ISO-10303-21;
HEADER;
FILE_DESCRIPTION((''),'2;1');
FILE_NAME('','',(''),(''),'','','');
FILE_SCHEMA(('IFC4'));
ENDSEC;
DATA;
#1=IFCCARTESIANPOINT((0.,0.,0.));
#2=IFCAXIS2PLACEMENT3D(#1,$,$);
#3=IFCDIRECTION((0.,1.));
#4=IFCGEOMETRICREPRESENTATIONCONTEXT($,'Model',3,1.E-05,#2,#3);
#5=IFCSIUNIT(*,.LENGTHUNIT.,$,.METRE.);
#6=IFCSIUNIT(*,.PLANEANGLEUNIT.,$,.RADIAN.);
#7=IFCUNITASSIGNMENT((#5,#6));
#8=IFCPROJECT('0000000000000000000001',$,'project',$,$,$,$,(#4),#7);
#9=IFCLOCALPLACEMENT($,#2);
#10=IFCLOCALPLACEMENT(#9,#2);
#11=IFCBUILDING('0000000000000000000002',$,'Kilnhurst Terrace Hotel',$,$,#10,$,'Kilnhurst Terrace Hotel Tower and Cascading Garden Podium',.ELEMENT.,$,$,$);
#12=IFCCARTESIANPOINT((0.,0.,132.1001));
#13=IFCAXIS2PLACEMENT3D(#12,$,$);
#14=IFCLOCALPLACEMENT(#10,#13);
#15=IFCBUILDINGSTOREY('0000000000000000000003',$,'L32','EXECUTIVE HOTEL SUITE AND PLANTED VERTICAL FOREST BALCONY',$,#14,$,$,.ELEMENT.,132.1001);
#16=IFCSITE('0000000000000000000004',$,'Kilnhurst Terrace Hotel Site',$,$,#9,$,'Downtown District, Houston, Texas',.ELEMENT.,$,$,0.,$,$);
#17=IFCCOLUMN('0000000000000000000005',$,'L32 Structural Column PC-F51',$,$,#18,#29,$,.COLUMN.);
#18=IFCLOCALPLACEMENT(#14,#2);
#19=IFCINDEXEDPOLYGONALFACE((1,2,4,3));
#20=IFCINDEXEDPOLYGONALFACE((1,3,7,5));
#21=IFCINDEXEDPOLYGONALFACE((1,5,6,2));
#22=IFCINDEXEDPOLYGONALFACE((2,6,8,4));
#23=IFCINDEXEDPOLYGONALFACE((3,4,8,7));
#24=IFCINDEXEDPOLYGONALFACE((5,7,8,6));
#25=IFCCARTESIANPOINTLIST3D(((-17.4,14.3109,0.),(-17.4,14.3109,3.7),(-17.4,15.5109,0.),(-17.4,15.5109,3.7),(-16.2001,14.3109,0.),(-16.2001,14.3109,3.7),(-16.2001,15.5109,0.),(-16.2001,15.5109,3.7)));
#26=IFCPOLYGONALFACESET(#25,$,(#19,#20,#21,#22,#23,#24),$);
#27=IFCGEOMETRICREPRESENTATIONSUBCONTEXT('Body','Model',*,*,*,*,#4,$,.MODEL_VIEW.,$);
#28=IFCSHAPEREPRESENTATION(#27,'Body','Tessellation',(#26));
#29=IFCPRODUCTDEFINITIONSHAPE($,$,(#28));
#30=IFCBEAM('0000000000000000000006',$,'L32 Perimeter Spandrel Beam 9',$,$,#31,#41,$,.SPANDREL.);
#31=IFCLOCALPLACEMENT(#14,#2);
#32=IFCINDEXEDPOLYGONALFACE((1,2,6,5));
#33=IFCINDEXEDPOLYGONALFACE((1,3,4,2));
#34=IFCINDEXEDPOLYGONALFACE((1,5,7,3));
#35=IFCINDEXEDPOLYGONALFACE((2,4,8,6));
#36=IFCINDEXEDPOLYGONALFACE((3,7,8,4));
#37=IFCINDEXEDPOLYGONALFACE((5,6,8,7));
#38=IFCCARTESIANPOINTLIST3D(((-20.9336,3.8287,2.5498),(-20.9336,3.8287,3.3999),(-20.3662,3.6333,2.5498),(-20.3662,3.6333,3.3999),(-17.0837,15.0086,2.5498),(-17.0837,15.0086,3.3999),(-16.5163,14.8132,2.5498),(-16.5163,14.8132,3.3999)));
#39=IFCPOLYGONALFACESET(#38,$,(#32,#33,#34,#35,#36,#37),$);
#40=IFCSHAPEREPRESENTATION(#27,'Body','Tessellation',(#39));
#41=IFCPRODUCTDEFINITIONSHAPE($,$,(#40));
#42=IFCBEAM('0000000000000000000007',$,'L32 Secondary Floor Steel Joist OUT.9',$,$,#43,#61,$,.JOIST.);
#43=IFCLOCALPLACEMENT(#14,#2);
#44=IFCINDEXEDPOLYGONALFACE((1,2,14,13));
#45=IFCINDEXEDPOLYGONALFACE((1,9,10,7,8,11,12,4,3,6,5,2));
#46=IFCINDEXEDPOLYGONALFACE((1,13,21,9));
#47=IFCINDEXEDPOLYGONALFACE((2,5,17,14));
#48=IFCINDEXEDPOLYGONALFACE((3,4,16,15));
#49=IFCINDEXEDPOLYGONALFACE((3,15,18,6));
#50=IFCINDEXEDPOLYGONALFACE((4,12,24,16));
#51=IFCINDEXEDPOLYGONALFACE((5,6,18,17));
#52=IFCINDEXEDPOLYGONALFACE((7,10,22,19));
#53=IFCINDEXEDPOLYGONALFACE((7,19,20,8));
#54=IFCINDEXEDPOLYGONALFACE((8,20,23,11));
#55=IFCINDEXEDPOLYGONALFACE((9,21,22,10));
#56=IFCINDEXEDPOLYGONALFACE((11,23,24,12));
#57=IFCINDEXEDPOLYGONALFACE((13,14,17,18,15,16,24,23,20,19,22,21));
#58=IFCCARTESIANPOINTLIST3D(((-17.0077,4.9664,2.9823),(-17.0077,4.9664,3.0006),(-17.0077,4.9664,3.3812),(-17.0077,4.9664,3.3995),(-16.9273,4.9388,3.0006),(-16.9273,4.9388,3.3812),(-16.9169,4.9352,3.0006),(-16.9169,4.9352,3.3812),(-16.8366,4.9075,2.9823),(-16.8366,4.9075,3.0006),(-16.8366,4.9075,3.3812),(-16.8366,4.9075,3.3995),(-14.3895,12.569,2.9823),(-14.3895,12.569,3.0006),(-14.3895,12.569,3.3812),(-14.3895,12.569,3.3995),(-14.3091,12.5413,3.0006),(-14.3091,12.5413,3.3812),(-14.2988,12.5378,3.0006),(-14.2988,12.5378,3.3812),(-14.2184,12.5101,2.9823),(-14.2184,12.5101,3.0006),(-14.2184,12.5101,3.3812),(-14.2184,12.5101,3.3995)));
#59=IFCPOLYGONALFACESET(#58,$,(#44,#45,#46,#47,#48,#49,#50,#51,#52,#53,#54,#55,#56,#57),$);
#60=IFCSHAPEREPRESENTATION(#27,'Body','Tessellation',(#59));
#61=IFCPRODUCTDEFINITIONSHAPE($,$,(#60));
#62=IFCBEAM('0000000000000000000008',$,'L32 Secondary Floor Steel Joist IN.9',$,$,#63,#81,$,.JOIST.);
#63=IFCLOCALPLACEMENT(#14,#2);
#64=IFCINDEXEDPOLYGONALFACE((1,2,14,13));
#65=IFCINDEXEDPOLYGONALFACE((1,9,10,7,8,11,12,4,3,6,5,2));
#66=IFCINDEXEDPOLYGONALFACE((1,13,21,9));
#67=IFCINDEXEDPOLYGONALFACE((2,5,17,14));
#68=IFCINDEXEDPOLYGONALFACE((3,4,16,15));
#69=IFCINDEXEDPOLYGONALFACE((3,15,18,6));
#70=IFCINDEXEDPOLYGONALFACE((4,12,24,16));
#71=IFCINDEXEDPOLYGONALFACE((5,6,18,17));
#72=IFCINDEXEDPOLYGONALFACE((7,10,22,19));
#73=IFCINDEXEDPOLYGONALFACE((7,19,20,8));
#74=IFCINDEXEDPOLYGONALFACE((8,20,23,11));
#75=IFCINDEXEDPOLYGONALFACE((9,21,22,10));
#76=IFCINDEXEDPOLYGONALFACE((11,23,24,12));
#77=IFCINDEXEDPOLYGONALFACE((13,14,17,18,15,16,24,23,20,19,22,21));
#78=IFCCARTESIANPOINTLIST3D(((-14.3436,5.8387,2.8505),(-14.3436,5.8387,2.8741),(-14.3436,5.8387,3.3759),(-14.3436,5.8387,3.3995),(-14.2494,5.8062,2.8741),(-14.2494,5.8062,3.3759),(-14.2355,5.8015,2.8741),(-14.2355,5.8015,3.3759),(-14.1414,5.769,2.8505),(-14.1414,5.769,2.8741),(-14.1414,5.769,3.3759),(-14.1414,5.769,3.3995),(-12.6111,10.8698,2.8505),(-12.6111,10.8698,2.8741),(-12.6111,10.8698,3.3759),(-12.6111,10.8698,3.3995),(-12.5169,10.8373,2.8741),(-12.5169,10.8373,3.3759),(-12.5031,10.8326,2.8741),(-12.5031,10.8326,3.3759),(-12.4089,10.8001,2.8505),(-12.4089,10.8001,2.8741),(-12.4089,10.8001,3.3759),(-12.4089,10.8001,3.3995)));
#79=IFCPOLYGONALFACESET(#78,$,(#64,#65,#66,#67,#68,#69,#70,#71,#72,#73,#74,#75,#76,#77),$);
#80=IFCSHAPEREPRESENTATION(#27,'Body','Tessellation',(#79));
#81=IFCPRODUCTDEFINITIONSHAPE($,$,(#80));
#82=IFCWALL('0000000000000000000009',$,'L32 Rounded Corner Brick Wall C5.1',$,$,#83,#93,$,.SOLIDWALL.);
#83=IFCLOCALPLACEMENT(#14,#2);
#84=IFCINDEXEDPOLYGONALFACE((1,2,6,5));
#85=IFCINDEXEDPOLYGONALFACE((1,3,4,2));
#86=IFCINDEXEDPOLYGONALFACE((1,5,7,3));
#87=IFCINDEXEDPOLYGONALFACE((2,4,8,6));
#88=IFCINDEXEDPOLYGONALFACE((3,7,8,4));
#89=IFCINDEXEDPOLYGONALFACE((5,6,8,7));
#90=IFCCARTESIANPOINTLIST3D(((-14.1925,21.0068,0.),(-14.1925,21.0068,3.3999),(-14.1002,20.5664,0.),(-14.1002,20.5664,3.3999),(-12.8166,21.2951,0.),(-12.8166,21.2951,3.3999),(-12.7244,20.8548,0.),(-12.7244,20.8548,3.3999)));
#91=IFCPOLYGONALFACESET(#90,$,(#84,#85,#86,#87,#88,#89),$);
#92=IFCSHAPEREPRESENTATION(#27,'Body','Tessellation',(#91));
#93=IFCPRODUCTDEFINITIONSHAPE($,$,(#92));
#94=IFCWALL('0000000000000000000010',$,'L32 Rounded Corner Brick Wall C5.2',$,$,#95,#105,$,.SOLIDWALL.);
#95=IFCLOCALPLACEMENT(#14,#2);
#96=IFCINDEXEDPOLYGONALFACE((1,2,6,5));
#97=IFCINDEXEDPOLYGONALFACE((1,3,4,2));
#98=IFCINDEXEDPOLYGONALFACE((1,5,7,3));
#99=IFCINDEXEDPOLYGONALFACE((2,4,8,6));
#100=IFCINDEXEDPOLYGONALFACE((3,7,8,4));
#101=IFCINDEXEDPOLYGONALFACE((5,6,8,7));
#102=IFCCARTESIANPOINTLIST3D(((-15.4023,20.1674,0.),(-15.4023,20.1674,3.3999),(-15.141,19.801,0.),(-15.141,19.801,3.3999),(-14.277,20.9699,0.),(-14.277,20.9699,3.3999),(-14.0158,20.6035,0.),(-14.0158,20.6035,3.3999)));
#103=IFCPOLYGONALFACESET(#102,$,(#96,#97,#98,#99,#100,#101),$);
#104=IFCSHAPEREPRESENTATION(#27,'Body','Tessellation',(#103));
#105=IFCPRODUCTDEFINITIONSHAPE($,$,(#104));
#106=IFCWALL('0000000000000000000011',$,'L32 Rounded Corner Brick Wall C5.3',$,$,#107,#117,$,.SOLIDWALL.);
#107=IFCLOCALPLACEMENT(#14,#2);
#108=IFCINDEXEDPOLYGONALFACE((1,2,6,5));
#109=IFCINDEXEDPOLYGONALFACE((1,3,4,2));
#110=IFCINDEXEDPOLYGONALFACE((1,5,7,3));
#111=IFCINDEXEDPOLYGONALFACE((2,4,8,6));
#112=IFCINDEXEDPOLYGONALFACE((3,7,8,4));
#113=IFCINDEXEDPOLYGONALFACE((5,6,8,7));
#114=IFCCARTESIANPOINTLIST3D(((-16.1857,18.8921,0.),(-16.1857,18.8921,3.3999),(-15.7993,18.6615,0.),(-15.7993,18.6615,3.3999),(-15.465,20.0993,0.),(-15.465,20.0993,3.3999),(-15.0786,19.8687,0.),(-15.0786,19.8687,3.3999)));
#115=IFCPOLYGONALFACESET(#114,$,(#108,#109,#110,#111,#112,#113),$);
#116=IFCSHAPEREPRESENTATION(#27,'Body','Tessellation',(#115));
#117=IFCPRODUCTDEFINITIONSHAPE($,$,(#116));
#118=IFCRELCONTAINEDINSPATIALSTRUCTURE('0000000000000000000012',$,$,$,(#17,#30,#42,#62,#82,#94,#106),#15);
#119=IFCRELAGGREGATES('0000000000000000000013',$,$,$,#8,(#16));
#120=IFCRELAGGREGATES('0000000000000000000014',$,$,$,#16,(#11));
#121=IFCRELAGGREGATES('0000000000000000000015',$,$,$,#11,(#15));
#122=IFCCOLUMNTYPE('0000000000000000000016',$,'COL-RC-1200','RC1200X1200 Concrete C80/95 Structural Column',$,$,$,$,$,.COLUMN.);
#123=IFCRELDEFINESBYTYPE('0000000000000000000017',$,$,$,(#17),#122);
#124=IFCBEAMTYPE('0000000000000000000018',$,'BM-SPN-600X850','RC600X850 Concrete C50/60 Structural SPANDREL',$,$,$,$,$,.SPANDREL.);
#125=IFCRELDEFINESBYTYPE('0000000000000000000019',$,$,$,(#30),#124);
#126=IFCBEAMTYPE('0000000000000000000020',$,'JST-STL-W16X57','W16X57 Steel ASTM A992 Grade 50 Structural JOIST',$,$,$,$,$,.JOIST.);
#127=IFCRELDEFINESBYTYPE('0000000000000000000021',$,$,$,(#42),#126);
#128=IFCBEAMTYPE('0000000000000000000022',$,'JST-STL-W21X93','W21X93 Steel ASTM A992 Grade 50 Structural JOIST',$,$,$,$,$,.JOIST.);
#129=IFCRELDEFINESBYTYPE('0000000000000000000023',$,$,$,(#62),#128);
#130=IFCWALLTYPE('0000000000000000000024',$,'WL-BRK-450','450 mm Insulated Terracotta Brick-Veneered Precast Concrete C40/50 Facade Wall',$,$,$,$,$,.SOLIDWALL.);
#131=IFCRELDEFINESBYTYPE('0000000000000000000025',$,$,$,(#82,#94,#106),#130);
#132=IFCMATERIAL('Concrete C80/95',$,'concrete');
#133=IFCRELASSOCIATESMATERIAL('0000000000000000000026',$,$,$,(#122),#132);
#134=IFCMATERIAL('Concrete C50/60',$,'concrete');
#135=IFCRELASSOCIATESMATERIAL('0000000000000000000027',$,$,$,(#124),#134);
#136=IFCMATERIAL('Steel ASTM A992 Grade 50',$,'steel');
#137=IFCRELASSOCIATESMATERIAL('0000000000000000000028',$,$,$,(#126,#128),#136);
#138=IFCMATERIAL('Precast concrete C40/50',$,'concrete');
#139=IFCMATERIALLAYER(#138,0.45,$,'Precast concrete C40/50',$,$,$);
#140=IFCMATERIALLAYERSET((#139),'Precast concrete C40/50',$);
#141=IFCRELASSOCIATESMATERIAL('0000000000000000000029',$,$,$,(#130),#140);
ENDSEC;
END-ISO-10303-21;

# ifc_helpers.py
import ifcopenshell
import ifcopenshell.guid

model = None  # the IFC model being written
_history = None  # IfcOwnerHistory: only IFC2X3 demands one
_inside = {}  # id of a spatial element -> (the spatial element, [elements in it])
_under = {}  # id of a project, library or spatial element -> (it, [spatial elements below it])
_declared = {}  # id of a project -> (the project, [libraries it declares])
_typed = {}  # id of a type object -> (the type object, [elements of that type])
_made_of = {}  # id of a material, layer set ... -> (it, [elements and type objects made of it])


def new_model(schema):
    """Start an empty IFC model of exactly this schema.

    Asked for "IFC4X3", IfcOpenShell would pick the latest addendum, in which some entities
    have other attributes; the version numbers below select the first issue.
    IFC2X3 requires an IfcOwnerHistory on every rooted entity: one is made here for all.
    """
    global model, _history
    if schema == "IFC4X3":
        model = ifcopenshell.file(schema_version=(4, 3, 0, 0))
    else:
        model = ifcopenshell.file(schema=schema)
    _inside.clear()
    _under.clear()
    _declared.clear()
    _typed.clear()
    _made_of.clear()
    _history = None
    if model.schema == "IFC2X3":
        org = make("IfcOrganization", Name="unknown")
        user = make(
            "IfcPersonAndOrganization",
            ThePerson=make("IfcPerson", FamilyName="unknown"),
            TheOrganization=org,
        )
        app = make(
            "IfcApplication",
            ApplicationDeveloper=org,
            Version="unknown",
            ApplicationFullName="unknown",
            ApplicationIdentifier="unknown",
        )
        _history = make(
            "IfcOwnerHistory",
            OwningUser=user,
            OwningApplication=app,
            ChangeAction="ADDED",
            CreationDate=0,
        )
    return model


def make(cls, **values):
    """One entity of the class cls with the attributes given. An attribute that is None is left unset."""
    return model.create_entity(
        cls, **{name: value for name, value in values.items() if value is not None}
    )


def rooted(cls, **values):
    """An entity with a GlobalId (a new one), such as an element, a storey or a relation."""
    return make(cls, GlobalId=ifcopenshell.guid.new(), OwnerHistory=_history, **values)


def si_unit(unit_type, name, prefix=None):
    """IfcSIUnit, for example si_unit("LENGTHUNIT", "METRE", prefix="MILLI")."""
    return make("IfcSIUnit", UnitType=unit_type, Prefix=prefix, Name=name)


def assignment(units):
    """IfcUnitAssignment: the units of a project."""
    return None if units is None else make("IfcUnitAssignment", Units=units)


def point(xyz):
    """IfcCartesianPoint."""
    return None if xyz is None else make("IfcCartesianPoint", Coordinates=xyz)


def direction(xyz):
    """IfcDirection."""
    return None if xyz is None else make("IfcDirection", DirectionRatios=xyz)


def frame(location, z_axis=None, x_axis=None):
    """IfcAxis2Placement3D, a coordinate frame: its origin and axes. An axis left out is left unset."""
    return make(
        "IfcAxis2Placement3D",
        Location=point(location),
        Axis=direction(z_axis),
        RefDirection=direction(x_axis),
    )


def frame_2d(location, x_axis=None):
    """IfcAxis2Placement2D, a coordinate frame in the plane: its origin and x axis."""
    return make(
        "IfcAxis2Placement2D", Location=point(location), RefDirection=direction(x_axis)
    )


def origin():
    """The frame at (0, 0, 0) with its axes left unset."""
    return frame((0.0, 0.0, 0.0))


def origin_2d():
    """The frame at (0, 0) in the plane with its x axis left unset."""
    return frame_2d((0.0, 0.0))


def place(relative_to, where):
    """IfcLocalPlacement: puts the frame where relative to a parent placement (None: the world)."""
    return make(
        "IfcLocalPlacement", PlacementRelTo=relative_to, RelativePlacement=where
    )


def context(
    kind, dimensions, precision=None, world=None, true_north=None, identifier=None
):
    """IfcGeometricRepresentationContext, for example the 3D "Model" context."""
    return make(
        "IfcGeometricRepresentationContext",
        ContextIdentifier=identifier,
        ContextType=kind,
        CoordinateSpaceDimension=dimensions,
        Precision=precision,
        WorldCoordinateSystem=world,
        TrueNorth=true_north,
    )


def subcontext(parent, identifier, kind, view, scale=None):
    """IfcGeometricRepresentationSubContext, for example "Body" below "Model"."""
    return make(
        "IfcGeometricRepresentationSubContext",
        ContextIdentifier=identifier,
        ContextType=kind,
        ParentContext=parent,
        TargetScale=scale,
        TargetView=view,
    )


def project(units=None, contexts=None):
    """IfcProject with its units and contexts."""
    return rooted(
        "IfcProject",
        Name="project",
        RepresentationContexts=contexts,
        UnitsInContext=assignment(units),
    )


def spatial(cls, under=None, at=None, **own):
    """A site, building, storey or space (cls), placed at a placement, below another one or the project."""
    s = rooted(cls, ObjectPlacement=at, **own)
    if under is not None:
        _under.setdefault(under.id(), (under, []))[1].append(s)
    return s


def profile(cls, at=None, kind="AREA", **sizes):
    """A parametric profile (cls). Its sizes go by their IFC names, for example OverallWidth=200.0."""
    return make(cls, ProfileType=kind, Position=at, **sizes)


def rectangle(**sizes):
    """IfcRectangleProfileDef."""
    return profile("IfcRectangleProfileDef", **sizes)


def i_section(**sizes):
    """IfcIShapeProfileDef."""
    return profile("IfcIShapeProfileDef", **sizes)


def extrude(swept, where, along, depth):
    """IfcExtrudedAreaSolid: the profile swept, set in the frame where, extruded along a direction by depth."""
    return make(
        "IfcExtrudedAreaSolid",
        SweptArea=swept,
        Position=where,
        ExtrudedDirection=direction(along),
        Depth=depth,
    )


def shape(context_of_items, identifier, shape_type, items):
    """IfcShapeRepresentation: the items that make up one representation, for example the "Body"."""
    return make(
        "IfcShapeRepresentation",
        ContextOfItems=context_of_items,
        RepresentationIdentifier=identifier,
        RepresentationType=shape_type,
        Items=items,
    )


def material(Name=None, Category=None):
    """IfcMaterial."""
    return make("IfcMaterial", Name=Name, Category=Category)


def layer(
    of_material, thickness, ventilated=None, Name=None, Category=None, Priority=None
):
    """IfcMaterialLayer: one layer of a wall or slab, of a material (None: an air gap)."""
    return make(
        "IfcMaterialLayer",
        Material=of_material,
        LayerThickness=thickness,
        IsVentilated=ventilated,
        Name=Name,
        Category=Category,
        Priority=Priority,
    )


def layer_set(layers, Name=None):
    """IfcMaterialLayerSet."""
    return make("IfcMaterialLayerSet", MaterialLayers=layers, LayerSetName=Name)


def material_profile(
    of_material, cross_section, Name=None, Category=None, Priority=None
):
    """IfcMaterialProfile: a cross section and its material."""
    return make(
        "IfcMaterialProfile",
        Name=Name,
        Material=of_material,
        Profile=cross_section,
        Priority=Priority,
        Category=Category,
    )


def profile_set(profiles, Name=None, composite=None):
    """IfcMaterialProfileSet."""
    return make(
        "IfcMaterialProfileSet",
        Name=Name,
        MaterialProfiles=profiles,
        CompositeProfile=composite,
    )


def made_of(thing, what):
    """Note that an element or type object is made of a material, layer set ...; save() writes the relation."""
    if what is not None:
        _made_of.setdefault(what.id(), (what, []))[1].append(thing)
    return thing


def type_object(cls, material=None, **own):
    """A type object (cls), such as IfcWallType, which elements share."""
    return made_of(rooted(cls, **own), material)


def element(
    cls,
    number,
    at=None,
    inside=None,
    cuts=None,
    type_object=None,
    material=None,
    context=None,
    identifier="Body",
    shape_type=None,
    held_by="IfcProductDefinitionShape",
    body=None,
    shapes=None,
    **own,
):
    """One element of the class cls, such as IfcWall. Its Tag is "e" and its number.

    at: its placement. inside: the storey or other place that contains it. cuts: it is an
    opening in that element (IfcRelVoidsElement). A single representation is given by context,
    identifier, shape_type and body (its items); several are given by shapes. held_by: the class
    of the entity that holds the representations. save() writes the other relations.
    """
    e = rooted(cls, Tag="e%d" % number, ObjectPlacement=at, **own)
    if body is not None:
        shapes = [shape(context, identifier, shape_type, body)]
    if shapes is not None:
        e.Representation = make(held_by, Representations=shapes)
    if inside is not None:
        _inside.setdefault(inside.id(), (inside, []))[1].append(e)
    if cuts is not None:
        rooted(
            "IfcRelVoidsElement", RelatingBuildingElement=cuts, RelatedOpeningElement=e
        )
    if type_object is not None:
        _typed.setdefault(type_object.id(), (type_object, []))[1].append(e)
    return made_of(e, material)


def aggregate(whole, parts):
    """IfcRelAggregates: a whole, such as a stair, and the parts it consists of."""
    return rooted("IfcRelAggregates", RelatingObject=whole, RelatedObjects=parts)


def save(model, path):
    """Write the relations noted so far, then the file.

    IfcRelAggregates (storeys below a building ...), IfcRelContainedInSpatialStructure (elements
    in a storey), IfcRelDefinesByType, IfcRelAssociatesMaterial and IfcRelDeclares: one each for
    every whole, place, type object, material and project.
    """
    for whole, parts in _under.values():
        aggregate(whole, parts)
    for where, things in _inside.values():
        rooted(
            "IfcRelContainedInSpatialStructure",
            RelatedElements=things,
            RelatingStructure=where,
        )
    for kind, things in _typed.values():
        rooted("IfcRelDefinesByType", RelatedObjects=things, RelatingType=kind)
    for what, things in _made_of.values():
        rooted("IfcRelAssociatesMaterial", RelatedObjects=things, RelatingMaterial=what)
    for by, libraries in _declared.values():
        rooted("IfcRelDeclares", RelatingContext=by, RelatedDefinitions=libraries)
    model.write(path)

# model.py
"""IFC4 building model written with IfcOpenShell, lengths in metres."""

from ifc_helpers import new_model, si_unit, direction, frame, frame_2d, origin, origin_2d, place, context, subcontext, project, spatial, rectangle, i_section, extrude, material, layer, layer_set, material_profile, profile_set, type_object, element, save


model = new_model("IFC4")

# Units and contexts
model_context = context("Model", 3, precision=1e-05, world=origin(), true_north=direction((0.0, 1.0)))
body_context = subcontext(model_context, "Body", "Model", "MODEL_VIEW")
ifc_project = project(units=[si_unit("LENGTHUNIT", "METRE"), si_unit("PLANEANGLEUNIT", "RADIAN")], contexts=[model_context])

# Site, building, storey
site_placement = place(None, origin())
site = spatial("IfcSite", under=ifc_project, at=site_placement, Name="Kilnhurst Terrace Hotel Site", LongName="Downtown District, Houston, Texas", CompositionType="ELEMENT", RefElevation=0.0)
building_placement = place(site_placement, origin())
building = spatial("IfcBuilding", under=site, at=building_placement, Name="Kilnhurst Terrace Hotel", LongName="Kilnhurst Terrace Hotel Tower and Cascading Garden Podium", CompositionType="ELEMENT")
storey_placement = place(building_placement, frame((0.0, 0.0, 132.1001)))
storey = spatial("IfcBuildingStorey", under=building, at=storey_placement, Name="L32", Description="EXECUTIVE HOTEL SUITE AND PLANTED VERTICAL FOREST BALCONY", CompositionType="ELEMENT", Elevation=132.1001)

# Column
ifc_material_1 = material(Name="Concrete C80/95", Category="concrete")
ifc_material_profile_1 = material_profile(ifc_material_1, rectangle(XDim=1.2, YDim=1.2, at=origin_2d()), Name="RC1200X1200")
ifc_profile_set_1 = profile_set([ifc_material_profile_1], Name="Concrete C80/95")
column_type = type_object("IfcColumnType", Name="COL-RC-1200", Description="RC1200X1200 Concrete C80/95 Structural Column", PredefinedType="COLUMN", material=ifc_profile_set_1)
column_placement = place(storey_placement, frame((-16.8, 14.9109, 0.0), z_axis=(0.0, 0.0, 1.0), x_axis=(1.0, 0.0, 0.0)))
element("IfcColumn", 1, at=column_placement, inside=storey, type_object=column_type, Name="L32 Structural Column PC-F51", PredefinedType="COLUMN", context=body_context, shape_type="SweptSolid", body=[
    extrude(rectangle(XDim=1.2, YDim=1.2, at=origin_2d()), origin(), (0.0, 0.0, 1.0), 3.7),
])

# Beams
ifc_material_2 = material(Name="Concrete C50/60", Category="concrete")
ifc_material_profile_2 = material_profile(ifc_material_2, rectangle(XDim=0.6001, YDim=0.8501, at=origin_2d()), Name="RC600X850")
ifc_profile_set_2 = profile_set([ifc_material_profile_2], Name="Concrete C50/60")
beam_type_1 = type_object("IfcBeamType", Name="BM-SPN-600X850", Description="RC600X850 Concrete C50/60 Structural SPANDREL", PredefinedType="SPANDREL", material=ifc_profile_set_2)
beam_1_placement = place(storey_placement, frame((-16.8, 14.9109, 2.9749), z_axis=(-0.32559, -0.945511, 0.0), x_axis=(0.945511, -0.32559, 0.0)))
element("IfcBeam", 2, at=beam_1_placement, inside=storey, type_object=beam_type_1, Name="L32 Perimeter Spandrel Beam 9", PredefinedType="SPANDREL", context=body_context, shape_type="SweptSolid", body=[
    extrude(rectangle(XDim=0.6001, YDim=0.8501, at=origin_2d()), origin(), (0.0, 0.0, 1.0), 11.8242),
])
ifc_material_3 = material(Name="Steel ASTM A992 Grade 50", Category="steel")
ifc_material_profile_3 = material_profile(ifc_material_3, i_section(OverallWidth=0.1809, OverallDepth=0.4172, WebThickness=0.011, FlangeThickness=0.0183, at=origin_2d()), Name="W16X57")
ifc_profile_set_3 = profile_set([ifc_material_profile_3], Name="Steel ASTM A992 Grade 50")
beam_type_2 = type_object("IfcBeamType", Name="JST-STL-W16X57", Description="W16X57 Steel ASTM A992 Grade 50 Structural JOIST", PredefinedType="JOIST", material=ifc_profile_set_3)
beam_2_placement = place(storey_placement, frame((-14.304, 12.5396, 3.1909), z_axis=(-0.325613, -0.945503, 0.0), x_axis=(0.945503, -0.325613, 0.0)))
element("IfcBeam", 3, at=beam_2_placement, inside=storey, type_object=beam_type_2, Name="L32 Secondary Floor Steel Joist OUT.9", PredefinedType="JOIST", context=body_context, shape_type="SweptSolid", body=[
    extrude(i_section(OverallWidth=0.1809, OverallDepth=0.4172, WebThickness=0.011, FlangeThickness=0.0183, at=origin_2d()), origin(), (0.0, 0.0, 1.0), 8.0408),
])
ifc_material_profile_4 = material_profile(ifc_material_3, i_section(OverallWidth=0.2139, OverallDepth=0.5491, WebThickness=0.0146, FlangeThickness=0.0237, at=origin_2d()), Name="W21X93")
ifc_profile_set_4 = profile_set([ifc_material_profile_4], Name="Steel ASTM A992 Grade 50")
beam_type_3 = type_object("IfcBeamType", Name="JST-STL-W21X93", Description="W21X93 Steel ASTM A992 Grade 50 Structural JOIST", PredefinedType="JOIST", material=ifc_profile_set_4)
beam_3_placement = place(storey_placement, frame((-12.51, 10.835, 3.125), z_axis=(-0.325586, -0.945512, 0.0), x_axis=(0.945512, -0.325586, 0.0)))
element("IfcBeam", 4, at=beam_3_placement, inside=storey, type_object=beam_type_3, Name="L32 Secondary Floor Steel Joist IN.9", PredefinedType="JOIST", context=body_context, shape_type="SweptSolid", body=[
    extrude(i_section(OverallWidth=0.2139, OverallDepth=0.5491, WebThickness=0.0146, FlangeThickness=0.0237, at=origin_2d()), origin(), (0.0, 0.0, 1.0), 5.321),
])

# Walls
ifc_material_4 = material(Name="Precast concrete C40/50", Category="concrete")
ifc_layer_1 = layer(ifc_material_4, 0.45, Name="Precast concrete C40/50")
ifc_layer_set_1 = layer_set([ifc_layer_1], Name="Precast concrete C40/50")
wall_type_1 = type_object("IfcWallType", Name="WL-BRK-450", Description="450 mm Insulated Terracotta Brick-Veneered Precast Concrete C40/50 Facade Wall", PredefinedType="SOLIDWALL", material=ifc_layer_set_1)
wall_1_placement = place(storey_placement, frame((-12.7705, 21.075, 0.0), z_axis=(0.0, 0.0, 1.0), x_axis=(-0.978743, -0.205091, 0.0)))
element("IfcWall", 5, at=wall_1_placement, inside=storey, type_object=wall_type_1, Name="L32 Rounded Corner Brick Wall C5.1", PredefinedType="SOLIDWALL", context=body_context, shape_type="SweptSolid", body=[
    extrude(rectangle(XDim=1.4058, YDim=0.45, at=frame_2d((0.7029, 0.0))), origin(), (0.0, 0.0, 1.0), 3.3999),
])
wall_2_placement = place(storey_placement, frame((-14.1465, 20.7866, 0.0), z_axis=(0.0, 0.0, 1.0), x_axis=(-0.814163, -0.580636, 0.0)))
element("IfcWall", 6, at=wall_2_placement, inside=storey, type_object=wall_type_1, Name="L32 Rounded Corner Brick Wall C5.2", PredefinedType="SOLIDWALL", context=body_context, shape_type="SweptSolid", body=[
    extrude(rectangle(XDim=1.3821, YDim=0.45, at=frame_2d((0.6909, 0.0))), origin(), (0.0, 0.0, 1.0), 3.3999),
])
wall_3_placement = place(storey_placement, frame((-15.2717, 19.9841, 0.0), z_axis=(0.0, 0.0, 1.0), x_axis=(-0.512579, -0.85864, 0.0)))
element("IfcWall", 7, at=wall_3_placement, inside=storey, type_object=wall_type_1, Name="L32 Rounded Corner Brick Wall C5.3", PredefinedType="SOLIDWALL", context=body_context, shape_type="SweptSolid", body=[
    extrude(rectangle(XDim=1.406, YDim=0.45, at=frame_2d((0.7031, 0.0))), origin(), (0.0, 0.0, 1.0), 3.3999),
])

save(model, "model.ifc")
